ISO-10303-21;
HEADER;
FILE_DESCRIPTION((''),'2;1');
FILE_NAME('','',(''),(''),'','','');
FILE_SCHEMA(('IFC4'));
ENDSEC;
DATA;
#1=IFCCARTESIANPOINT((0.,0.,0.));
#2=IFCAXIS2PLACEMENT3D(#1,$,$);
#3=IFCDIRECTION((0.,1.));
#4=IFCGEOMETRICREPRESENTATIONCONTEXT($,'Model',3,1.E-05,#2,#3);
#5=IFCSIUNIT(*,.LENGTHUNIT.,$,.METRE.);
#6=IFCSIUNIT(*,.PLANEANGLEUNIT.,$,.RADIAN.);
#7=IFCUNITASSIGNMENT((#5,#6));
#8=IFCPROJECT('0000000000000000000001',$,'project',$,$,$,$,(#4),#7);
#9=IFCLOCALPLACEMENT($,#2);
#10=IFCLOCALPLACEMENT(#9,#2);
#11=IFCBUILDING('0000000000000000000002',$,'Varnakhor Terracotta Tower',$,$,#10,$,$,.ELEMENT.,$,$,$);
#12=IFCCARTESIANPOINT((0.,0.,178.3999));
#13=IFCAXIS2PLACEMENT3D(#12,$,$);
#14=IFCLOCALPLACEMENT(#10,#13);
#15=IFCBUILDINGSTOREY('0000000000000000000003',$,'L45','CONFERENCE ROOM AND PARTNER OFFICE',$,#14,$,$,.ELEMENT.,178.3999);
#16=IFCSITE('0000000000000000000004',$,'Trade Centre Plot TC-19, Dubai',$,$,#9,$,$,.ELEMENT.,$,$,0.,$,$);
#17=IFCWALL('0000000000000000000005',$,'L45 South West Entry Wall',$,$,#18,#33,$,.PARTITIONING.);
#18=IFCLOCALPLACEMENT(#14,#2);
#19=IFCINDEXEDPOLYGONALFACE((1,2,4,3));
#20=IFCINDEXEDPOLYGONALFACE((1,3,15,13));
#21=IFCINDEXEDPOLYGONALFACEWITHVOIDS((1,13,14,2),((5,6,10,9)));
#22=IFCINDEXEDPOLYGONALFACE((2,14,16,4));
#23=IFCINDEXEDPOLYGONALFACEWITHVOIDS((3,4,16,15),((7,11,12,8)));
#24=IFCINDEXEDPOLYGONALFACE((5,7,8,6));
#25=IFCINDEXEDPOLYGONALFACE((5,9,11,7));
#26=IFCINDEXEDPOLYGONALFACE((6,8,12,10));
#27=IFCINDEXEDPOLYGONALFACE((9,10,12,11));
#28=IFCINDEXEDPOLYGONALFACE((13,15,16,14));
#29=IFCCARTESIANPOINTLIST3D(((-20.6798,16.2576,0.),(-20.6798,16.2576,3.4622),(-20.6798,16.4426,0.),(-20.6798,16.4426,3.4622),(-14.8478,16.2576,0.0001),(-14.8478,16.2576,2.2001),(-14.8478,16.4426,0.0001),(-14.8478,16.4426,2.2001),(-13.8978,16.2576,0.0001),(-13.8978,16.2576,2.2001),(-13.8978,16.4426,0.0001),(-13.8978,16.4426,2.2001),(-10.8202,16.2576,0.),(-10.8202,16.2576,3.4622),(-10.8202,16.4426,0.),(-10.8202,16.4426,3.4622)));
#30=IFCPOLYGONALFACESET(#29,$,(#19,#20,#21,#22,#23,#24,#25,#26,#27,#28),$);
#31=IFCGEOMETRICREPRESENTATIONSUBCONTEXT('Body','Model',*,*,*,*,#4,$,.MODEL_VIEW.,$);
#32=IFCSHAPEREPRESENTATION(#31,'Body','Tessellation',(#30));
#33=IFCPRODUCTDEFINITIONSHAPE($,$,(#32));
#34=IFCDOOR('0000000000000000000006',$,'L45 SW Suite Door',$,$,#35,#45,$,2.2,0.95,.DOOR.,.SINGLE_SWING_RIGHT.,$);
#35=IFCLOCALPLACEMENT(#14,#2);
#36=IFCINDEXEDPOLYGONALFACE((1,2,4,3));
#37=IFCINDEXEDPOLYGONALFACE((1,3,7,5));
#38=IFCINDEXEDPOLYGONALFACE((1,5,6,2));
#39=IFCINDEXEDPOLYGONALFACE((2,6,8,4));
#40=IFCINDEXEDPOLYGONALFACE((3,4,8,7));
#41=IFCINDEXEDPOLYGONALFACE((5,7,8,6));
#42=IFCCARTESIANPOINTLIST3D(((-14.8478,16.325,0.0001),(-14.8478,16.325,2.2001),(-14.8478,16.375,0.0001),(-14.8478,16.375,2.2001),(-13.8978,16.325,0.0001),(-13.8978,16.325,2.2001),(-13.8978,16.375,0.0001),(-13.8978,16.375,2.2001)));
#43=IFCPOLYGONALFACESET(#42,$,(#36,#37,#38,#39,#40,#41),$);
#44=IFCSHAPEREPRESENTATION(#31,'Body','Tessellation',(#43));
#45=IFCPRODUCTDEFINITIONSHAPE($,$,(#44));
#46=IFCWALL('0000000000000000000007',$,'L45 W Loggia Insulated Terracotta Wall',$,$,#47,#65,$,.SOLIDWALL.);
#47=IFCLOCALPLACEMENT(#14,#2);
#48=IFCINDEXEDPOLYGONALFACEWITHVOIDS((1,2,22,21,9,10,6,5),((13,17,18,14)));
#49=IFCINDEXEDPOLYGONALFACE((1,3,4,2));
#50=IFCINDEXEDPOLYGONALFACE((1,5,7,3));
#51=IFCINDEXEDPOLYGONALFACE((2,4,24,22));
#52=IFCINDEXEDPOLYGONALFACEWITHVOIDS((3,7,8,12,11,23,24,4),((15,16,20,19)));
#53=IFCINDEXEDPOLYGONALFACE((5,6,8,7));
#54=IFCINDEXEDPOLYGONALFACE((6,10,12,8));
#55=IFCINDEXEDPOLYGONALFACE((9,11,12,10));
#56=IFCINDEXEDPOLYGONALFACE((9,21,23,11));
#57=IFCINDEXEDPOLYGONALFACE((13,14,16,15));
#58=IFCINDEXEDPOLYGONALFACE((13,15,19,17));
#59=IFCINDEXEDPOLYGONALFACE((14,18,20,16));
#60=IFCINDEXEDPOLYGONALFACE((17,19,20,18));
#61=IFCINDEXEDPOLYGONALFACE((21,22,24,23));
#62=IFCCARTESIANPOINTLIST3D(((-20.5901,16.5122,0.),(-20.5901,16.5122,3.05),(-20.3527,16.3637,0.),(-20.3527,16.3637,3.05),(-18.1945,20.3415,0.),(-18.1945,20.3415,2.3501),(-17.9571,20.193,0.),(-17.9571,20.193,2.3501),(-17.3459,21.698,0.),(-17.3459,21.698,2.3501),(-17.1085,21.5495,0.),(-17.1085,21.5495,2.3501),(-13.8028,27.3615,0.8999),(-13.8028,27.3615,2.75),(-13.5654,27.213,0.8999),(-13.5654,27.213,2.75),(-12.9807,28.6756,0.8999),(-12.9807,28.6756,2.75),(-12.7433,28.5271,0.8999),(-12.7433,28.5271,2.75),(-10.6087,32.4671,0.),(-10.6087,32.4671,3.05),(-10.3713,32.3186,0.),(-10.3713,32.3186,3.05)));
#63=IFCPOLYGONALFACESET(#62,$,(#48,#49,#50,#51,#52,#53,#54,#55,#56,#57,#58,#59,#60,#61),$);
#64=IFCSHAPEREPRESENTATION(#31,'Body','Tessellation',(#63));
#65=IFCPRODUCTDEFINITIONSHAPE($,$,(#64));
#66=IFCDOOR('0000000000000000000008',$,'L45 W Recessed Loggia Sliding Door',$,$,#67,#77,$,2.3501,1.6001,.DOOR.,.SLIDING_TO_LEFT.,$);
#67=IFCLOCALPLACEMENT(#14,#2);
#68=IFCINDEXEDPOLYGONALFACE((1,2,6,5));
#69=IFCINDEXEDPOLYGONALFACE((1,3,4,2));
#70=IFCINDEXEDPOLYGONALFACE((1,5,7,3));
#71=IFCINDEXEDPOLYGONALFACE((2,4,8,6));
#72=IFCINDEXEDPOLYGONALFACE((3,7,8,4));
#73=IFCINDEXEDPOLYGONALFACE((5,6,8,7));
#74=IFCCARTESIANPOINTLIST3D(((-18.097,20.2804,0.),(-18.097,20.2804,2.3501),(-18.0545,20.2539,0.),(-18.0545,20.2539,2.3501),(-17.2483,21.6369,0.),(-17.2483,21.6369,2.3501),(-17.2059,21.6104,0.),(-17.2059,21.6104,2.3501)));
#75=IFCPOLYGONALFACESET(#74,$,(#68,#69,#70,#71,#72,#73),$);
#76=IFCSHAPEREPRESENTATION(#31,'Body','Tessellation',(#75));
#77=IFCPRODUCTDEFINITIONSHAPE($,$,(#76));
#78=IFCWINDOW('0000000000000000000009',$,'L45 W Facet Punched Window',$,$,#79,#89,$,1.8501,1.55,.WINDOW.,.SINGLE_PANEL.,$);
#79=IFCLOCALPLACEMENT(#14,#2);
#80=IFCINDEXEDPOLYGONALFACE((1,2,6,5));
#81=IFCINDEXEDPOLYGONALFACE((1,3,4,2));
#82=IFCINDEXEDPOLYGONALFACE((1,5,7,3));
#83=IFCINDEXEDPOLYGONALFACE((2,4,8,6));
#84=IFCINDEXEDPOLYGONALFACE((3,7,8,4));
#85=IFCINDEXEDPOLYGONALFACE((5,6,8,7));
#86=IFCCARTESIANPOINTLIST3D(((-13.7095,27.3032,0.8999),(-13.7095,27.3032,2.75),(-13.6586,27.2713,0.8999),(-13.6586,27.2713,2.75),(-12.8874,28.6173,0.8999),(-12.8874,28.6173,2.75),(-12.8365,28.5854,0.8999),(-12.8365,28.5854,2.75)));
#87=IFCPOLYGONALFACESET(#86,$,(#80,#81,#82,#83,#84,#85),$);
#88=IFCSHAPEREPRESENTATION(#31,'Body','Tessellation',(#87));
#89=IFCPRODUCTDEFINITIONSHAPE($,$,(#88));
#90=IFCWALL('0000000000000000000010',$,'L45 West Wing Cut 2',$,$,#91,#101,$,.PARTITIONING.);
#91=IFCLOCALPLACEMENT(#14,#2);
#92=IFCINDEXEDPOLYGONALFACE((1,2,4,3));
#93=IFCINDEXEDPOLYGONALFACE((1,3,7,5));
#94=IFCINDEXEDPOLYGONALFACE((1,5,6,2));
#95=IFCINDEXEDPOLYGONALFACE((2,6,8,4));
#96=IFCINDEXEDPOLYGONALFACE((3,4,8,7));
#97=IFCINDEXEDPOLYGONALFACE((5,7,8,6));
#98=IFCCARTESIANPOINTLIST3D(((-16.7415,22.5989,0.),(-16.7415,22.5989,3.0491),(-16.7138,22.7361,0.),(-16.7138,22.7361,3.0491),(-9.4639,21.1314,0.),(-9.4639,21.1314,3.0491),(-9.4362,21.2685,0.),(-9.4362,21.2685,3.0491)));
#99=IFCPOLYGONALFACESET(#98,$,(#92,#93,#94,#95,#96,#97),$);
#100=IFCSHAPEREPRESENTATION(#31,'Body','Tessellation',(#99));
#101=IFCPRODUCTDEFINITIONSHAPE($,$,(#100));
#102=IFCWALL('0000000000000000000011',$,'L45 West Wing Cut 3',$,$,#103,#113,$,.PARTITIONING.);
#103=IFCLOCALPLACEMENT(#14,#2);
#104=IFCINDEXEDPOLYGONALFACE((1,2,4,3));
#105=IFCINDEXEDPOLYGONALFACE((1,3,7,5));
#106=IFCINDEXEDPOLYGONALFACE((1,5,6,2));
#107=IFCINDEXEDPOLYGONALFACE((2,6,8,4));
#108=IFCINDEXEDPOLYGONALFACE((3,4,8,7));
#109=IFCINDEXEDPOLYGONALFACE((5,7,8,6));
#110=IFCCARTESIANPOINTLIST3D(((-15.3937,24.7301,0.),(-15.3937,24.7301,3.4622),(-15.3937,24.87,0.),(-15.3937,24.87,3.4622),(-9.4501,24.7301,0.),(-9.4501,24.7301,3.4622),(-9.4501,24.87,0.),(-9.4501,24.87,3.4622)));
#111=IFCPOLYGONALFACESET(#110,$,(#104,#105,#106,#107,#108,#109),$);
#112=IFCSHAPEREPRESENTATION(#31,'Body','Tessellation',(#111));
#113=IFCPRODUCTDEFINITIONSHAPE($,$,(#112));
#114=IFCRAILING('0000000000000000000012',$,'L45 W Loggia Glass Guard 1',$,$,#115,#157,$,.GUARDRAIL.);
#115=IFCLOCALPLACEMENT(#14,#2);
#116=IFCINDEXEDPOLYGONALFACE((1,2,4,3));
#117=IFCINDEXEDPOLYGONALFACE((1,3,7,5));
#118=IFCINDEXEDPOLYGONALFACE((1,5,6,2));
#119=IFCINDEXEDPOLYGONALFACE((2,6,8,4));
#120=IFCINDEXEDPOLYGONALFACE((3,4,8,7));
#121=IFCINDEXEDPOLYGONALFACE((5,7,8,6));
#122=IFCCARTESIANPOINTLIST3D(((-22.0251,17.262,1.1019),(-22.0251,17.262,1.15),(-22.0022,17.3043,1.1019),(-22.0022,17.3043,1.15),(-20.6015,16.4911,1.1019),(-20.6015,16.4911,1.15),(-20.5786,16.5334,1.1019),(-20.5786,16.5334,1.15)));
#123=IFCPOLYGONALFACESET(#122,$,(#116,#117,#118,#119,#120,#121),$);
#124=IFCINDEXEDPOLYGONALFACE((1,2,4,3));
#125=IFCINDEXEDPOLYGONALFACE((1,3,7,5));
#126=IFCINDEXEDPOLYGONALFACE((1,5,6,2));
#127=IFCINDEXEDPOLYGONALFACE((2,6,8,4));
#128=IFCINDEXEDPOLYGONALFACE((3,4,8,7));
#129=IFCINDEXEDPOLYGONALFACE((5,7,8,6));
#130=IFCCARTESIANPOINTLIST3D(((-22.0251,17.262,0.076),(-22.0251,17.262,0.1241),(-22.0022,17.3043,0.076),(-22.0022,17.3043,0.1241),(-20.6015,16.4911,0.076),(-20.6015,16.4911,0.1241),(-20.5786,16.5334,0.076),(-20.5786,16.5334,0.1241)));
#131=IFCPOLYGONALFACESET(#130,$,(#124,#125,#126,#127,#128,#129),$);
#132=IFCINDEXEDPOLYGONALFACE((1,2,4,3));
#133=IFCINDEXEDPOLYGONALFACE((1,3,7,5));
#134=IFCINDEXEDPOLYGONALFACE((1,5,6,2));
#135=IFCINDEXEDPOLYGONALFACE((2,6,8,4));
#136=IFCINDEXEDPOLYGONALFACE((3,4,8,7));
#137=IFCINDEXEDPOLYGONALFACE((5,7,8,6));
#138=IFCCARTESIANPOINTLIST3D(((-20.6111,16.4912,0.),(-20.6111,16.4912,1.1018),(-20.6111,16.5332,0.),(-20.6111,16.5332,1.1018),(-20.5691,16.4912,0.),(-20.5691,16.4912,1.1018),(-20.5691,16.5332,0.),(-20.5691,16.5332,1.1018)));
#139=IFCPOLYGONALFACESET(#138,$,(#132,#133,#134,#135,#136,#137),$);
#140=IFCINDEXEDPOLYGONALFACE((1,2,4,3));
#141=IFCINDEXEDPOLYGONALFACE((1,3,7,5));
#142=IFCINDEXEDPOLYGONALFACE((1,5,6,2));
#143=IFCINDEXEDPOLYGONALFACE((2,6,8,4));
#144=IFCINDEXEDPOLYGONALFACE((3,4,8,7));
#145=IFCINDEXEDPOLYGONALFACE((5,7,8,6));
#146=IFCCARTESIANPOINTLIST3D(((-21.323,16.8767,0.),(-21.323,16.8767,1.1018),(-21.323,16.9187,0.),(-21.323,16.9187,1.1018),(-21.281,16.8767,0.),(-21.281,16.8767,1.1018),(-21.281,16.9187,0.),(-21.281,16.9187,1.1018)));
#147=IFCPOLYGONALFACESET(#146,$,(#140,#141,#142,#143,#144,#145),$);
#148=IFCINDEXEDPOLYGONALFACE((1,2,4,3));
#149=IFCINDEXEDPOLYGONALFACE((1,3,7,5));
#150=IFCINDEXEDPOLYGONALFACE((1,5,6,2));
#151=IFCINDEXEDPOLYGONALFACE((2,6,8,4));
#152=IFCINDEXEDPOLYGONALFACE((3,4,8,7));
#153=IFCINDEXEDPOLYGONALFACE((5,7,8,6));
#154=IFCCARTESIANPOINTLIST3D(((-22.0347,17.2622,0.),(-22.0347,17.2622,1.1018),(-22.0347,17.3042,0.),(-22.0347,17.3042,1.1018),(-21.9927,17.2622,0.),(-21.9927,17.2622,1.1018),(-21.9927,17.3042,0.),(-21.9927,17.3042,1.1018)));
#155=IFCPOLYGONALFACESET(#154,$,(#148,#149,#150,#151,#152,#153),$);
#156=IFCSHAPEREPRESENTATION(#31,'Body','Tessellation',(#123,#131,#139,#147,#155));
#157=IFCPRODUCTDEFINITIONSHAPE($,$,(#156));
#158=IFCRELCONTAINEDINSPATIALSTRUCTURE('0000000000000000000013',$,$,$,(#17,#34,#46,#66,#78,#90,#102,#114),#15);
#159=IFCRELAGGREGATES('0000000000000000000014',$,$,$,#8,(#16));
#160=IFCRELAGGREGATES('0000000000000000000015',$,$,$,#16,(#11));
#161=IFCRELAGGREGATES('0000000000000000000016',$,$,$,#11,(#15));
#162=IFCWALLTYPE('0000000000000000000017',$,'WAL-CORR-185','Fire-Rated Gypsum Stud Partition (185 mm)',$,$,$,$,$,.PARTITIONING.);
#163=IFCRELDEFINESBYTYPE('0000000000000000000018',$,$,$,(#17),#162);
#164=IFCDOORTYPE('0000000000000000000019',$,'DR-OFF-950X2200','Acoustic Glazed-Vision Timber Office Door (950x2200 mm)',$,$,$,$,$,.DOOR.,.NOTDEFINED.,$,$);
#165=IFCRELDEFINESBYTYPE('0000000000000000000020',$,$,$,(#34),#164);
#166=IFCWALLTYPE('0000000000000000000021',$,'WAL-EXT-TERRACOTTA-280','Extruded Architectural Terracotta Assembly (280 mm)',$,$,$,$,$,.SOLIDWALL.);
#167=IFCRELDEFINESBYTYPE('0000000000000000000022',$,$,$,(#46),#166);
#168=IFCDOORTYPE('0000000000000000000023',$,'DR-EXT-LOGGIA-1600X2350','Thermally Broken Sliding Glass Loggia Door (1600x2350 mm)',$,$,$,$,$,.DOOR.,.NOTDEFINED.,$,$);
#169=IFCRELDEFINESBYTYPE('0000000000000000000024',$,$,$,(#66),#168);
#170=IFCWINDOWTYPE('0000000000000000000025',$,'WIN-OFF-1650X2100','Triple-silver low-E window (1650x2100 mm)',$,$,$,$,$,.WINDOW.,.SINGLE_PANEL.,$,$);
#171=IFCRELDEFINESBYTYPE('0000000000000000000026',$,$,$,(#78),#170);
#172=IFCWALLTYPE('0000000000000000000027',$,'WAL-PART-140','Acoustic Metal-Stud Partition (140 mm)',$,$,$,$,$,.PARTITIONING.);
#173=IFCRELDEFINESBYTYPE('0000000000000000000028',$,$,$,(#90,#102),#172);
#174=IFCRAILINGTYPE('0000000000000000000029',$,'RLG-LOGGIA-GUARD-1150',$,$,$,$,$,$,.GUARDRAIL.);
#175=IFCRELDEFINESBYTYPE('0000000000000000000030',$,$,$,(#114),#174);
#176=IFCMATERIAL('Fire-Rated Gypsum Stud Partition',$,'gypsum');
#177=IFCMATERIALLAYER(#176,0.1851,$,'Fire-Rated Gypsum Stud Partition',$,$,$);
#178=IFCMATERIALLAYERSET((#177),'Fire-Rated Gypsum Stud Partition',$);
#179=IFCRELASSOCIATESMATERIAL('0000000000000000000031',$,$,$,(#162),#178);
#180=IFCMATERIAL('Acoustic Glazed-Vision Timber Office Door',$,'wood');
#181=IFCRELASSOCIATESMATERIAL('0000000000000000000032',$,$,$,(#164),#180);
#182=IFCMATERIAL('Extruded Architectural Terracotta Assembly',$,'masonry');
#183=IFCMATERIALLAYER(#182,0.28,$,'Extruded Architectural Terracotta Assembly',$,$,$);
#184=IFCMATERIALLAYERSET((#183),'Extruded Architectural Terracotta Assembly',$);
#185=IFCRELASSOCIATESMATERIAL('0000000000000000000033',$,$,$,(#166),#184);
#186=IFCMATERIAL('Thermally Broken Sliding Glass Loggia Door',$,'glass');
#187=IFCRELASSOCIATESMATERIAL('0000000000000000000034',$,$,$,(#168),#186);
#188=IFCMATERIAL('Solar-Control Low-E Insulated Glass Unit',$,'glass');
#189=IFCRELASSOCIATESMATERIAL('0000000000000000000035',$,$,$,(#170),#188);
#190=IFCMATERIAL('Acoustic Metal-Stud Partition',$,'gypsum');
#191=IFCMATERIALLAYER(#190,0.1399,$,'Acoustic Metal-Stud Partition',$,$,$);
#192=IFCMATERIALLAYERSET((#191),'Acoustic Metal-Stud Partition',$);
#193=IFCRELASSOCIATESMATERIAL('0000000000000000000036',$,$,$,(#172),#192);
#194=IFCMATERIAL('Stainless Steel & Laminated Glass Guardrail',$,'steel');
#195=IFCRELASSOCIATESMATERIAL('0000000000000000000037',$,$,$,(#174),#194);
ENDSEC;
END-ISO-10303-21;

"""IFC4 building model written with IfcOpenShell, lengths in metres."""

from ifc_helpers import new_model, si_unit, direction, frame, frame_2d, origin, origin_2d, place, context, subcontext, project, spatial, rectangle, extrude, source, transform, mapped, material, layer, layer_set, type_object, type_shapes, element, fill, save


model = new_model("IFC4")

# Units and contexts
model_context = context("Model", 3, precision=1e-05, world=origin(), true_north=direction((0.0, 1.0)))
body_context = subcontext(model_context, "Body", "Model", "MODEL_VIEW")
ifc_project = project(units=[si_unit("LENGTHUNIT", "METRE"), si_unit("PLANEANGLEUNIT", "RADIAN")], contexts=[model_context])

# Site, building, storey
site_placement = place(None, origin())
site = spatial("IfcSite", under=ifc_project, at=site_placement, Name="Trade Centre Plot TC-19, Dubai", CompositionType="ELEMENT", RefElevation=0.0)
building_placement = place(site_placement, origin())
building = spatial("IfcBuilding", under=site, at=building_placement, Name="Varnakhor Terracotta Tower", CompositionType="ELEMENT")
storey_placement = place(building_placement, frame((0.0, 0.0, 178.3999)))
storey = spatial("IfcBuildingStorey", under=building, at=storey_placement, Name="L45", Description="CONFERENCE ROOM AND PARTNER OFFICE", CompositionType="ELEMENT", Elevation=178.3999)

# Wall, opening, door
ifc_material_1 = material(Name="Fire-Rated Gypsum Stud Partition", Category="gypsum")
ifc_layer_1 = layer(ifc_material_1, 0.1851, Name="Fire-Rated Gypsum Stud Partition")
ifc_layer_set_1 = layer_set([ifc_layer_1], Name="Fire-Rated Gypsum Stud Partition")
wall_type_1 = type_object("IfcWallType", Name="WAL-CORR-185", Description="Fire-Rated Gypsum Stud Partition (185 mm)", PredefinedType="PARTITIONING", material=ifc_layer_set_1)
wall_1_placement = place(storey_placement, frame((-20.6797, 16.3501, 0.0), z_axis=(0.0, 0.0, 1.0), x_axis=(1.0, 0.0, 0.0)))
wall_1 = element("IfcWall", 1, at=wall_1_placement, inside=storey, type_object=wall_type_1, Name="L45 South West Entry Wall", PredefinedType="PARTITIONING", context=body_context, shape_type="SweptSolid", body=[
    extrude(rectangle(XDim=9.8596, YDim=0.1851, at=frame_2d((4.9297, 0.0))), origin(), (0.0, 0.0, 1.0), 3.4622),
])
opening_1_placement = place(wall_1_placement, frame((5.8318, 0.0, 0.0)))
opening_1 = element("IfcOpeningElement", 2, at=opening_1_placement, cuts=wall_1, PredefinedType="OPENING", context=body_context, shape_type="SweptSolid", body=[
    extrude(rectangle(XDim=0.95, YDim=2.2, at=frame_2d((0.4751, 1.1001))), frame((0.0, 0.1025, 0.0), z_axis=(0.0, -1.0, 0.0), x_axis=(1.0, 0.0, 0.0)), (0.0, 0.0, 1.0), 0.2051),
])
ifc_material_2 = material(Name="Acoustic Glazed-Vision Timber Office Door", Category="wood")
door_type_1 = type_object("IfcDoorType", Name="DR-OFF-950X2200", Description="Acoustic Glazed-Vision Timber Office Door (950x2200 mm)", OperationType="NOTDEFINED", PredefinedType="DOOR", material=ifc_material_2)
shared_shape_1 = source(origin(), body_context, "Body", "SweptSolid", [
    extrude(rectangle(XDim=0.95, YDim=2.2, at=frame_2d((0.4751, 1.1001))), frame((0.0, 0.0249, 0.0), z_axis=(0.0, -1.0, 0.0), x_axis=(1.0, 0.0, 0.0)), (0.0, 0.0, 1.0), 0.05),
])
type_shapes(door_type_1, [shared_shape_1])
door_1_placement = place(opening_1_placement, origin())
door_1 = element("IfcDoor", 3, at=door_1_placement, inside=storey, type_object=door_type_1, Name="L45 SW Suite Door", OperationType="SINGLE_SWING_RIGHT", OverallHeight=2.2, OverallWidth=0.95, PredefinedType="DOOR", context=body_context, shape_type="MappedRepresentation", body=[
    mapped(shared_shape_1, transform((0.0, 0.0, 0.0), scale=1.0)),
])
fill(opening_1, door_1)

# Wall, openings, door, window
ifc_material_3 = material(Name="Extruded Architectural Terracotta Assembly", Category="masonry")
ifc_layer_2 = layer(ifc_material_3, 0.28, Name="Extruded Architectural Terracotta Assembly")
ifc_layer_set_2 = layer_set([ifc_layer_2], Name="Extruded Architectural Terracotta Assembly")
wall_type_2 = type_object("IfcWallType", Name="WAL-EXT-TERRACOTTA-280", Description="Extruded Architectural Terracotta Assembly (280 mm)", PredefinedType="SOLIDWALL", material=ifc_layer_set_2)
wall_2_placement = place(storey_placement, frame((-20.4714, 16.438, 0.0), z_axis=(0.0, 0.0, 1.0), x_axis=(0.530369, 0.847767, 0.0)))
wall_2 = element("IfcWall", 4, at=wall_2_placement, inside=storey, type_object=wall_type_2, Name="L45 W Loggia Insulated Terracotta Wall", PredefinedType="SOLIDWALL", context=body_context, shape_type="SweptSolid", body=[
    extrude(rectangle(XDim=18.8198, YDim=0.28, at=frame_2d((9.4099, 0.0))), origin(), (0.0, 0.0, 1.0), 3.05),
])
opening_2_placement = place(wall_2_placement, frame((4.5168, 0.0, 0.0)))
opening_2 = element("IfcOpeningElement", 5, at=opening_2_placement, cuts=wall_2, PredefinedType="OPENING", context=body_context, shape_type="SweptSolid", body=[
    extrude(rectangle(XDim=1.6001, YDim=2.3501, at=frame_2d((0.8, 1.175))), frame((0.0, 0.1499, 0.0), z_axis=(0.0, -1.0, 0.0), x_axis=(1.0, 0.0, 0.0)), (0.0, 0.0, 1.0), 0.3),
])
opening_3_placement = place(wall_2_placement, frame((12.7976, 0.0, 0.8999)))
opening_3 = element("IfcOpeningElement", 6, at=opening_3_placement, cuts=wall_2, PredefinedType="OPENING", context=body_context, shape_type="SweptSolid", body=[
    extrude(rectangle(XDim=1.55, YDim=1.8501, at=frame_2d((0.7749, 0.925))), frame((0.0, 0.1499, 0.0), z_axis=(0.0, -1.0, 0.0), x_axis=(1.0, 0.0, 0.0)), (0.0, 0.0, 1.0), 0.3),
])
ifc_material_4 = material(Name="Thermally Broken Sliding Glass Loggia Door", Category="glass")
door_type_2 = type_object("IfcDoorType", Name="DR-EXT-LOGGIA-1600X2350", Description="Thermally Broken Sliding Glass Loggia Door (1600x2350 mm)", OperationType="NOTDEFINED", PredefinedType="DOOR", material=ifc_material_4)
shared_shape_2 = source(origin(), body_context, "Body", "SweptSolid", [
    extrude(rectangle(XDim=1.6001, YDim=2.3501, at=frame_2d((0.8, 1.175))), frame((0.0, 0.0249, 0.0), z_axis=(0.0, -1.0, 0.0), x_axis=(1.0, 0.0, 0.0)), (0.0, 0.0, 1.0), 0.05),
])
type_shapes(door_type_2, [shared_shape_2])
door_2_placement = place(opening_2_placement, origin())
door_2 = element("IfcDoor", 7, at=door_2_placement, inside=storey, type_object=door_type_2, Name="L45 W Recessed Loggia Sliding Door", OperationType="SLIDING_TO_LEFT", OverallHeight=2.3501, OverallWidth=1.6001, PredefinedType="DOOR", context=body_context, shape_type="MappedRepresentation", body=[
    mapped(shared_shape_2, transform((0.0, 0.0, 0.0), scale=1.0)),
])
fill(opening_2, door_2)
ifc_material_5 = material(Name="Solar-Control Low-E Insulated Glass Unit", Category="glass")
window_type = type_object("IfcWindowType", Name="WIN-OFF-1650X2100", Description="Triple-silver low-E window (1650x2100 mm)", PartitioningType="SINGLE_PANEL", PredefinedType="WINDOW", material=ifc_material_5)
shared_shape_3 = source(origin(), body_context, "Body", "SweptSolid", [
    extrude(rectangle(XDim=1.55, YDim=1.8501, at=frame_2d((0.7749, 0.925))), frame((0.0, 0.03, 0.0), z_axis=(0.0, -1.0, 0.0), x_axis=(1.0, 0.0, 0.0)), (0.0, 0.0, 1.0), 0.0601),
])
type_shapes(window_type, [shared_shape_3])
window_placement = place(opening_3_placement, origin())
window = element("IfcWindow", 8, at=window_placement, inside=storey, type_object=window_type, Name="L45 W Facet Punched Window", OverallHeight=1.8501, OverallWidth=1.55, PartitioningType="SINGLE_PANEL", PredefinedType="WINDOW", context=body_context, shape_type="MappedRepresentation", body=[
    mapped(shared_shape_3, transform((0.0, 0.0, 0.0), scale=1.0)),
])
fill(opening_3, window)

# Walls
ifc_material_6 = material(Name="Acoustic Metal-Stud Partition", Category="gypsum")
ifc_layer_3 = layer(ifc_material_6, 0.1399, Name="Acoustic Metal-Stud Partition")
ifc_layer_set_3 = layer_set([ifc_layer_3], Name="Acoustic Metal-Stud Partition")
wall_type_3 = type_object("IfcWallType", Name="WAL-PART-140", Description="Acoustic Metal-Stud Partition (140 mm)", PredefinedType="PARTITIONING", material=ifc_layer_set_3)
wall_3_placement = place(storey_placement, frame((-16.7275, 22.6675, 0.0), z_axis=(0.0, 0.0, 1.0), x_axis=(0.980268, -0.197672, 0.0)))
element("IfcWall", 9, at=wall_3_placement, inside=storey, type_object=wall_type_3, Name="L45 West Wing Cut 2", PredefinedType="PARTITIONING", context=body_context, shape_type="SweptSolid", body=[
    extrude(rectangle(XDim=7.4241, YDim=0.1399, at=frame_2d((3.7119, 0.0))), origin(), (0.0, 0.0, 1.0), 3.0491),
])
wall_4_placement = place(storey_placement, frame((-15.3936, 24.8, 0.0), z_axis=(0.0, 0.0, 1.0), x_axis=(1.0, 0.0, 0.0)))
element("IfcWall", 10, at=wall_4_placement, inside=storey, type_object=wall_type_3, Name="L45 West Wing Cut 3", PredefinedType="PARTITIONING", context=body_context, shape_type="SweptSolid", body=[
    extrude(rectangle(XDim=5.9436, YDim=0.1399, at=frame_2d((2.9717, 0.0))), origin(), (0.0, 0.0, 1.0), 3.4622),
])

# Railing
ifc_material_7 = material(Name="Stainless Steel & Laminated Glass Guardrail", Category="steel")
railing_type = type_object("IfcRailingType", Name="RLG-LOGGIA-GUARD-1150", PredefinedType="GUARDRAIL", material=ifc_material_7)
railing_1_placement = place(storey_placement, frame((-20.5901, 16.5122, 0.0)))
element("IfcRailing", 11, at=railing_1_placement, inside=storey, type_object=railing_type, Name="L45 W Loggia Glass Guard 1", PredefinedType="GUARDRAIL", context=body_context, shape_type="SweptSolid", body=[
    extrude(rectangle(XDim=0.0481, YDim=0.0481, at=origin_2d()), frame((0.0, 0.0, 1.126), z_axis=(-0.879321, 0.47623, 0.0), x_axis=(-0.47623, -0.879321, 0.0)), (0.0, 0.0, 1.0), 1.6189),
    extrude(rectangle(XDim=0.0481, YDim=0.0481, at=origin_2d()), frame((0.0, 0.0, 0.1001), z_axis=(-0.879321, 0.47623, 0.0), x_axis=(-0.47623, -0.879321, 0.0)), (0.0, 0.0, 1.0), 1.6189),
    extrude(rectangle(XDim=0.042, YDim=0.042, at=origin_2d()), origin(), (0.0, 0.0, 1.0), 1.1018),
    extrude(rectangle(XDim=0.042, YDim=0.042, at=origin_2d()), frame((-0.7119, 0.3855, 0.0)), (0.0, 0.0, 1.0), 1.1018),
    extrude(rectangle(XDim=0.042, YDim=0.042, at=origin_2d()), frame((-1.4236, 0.771, 0.0)), (0.0, 0.0, 1.0), 1.1018),
])

save(model, "model.ifc")
